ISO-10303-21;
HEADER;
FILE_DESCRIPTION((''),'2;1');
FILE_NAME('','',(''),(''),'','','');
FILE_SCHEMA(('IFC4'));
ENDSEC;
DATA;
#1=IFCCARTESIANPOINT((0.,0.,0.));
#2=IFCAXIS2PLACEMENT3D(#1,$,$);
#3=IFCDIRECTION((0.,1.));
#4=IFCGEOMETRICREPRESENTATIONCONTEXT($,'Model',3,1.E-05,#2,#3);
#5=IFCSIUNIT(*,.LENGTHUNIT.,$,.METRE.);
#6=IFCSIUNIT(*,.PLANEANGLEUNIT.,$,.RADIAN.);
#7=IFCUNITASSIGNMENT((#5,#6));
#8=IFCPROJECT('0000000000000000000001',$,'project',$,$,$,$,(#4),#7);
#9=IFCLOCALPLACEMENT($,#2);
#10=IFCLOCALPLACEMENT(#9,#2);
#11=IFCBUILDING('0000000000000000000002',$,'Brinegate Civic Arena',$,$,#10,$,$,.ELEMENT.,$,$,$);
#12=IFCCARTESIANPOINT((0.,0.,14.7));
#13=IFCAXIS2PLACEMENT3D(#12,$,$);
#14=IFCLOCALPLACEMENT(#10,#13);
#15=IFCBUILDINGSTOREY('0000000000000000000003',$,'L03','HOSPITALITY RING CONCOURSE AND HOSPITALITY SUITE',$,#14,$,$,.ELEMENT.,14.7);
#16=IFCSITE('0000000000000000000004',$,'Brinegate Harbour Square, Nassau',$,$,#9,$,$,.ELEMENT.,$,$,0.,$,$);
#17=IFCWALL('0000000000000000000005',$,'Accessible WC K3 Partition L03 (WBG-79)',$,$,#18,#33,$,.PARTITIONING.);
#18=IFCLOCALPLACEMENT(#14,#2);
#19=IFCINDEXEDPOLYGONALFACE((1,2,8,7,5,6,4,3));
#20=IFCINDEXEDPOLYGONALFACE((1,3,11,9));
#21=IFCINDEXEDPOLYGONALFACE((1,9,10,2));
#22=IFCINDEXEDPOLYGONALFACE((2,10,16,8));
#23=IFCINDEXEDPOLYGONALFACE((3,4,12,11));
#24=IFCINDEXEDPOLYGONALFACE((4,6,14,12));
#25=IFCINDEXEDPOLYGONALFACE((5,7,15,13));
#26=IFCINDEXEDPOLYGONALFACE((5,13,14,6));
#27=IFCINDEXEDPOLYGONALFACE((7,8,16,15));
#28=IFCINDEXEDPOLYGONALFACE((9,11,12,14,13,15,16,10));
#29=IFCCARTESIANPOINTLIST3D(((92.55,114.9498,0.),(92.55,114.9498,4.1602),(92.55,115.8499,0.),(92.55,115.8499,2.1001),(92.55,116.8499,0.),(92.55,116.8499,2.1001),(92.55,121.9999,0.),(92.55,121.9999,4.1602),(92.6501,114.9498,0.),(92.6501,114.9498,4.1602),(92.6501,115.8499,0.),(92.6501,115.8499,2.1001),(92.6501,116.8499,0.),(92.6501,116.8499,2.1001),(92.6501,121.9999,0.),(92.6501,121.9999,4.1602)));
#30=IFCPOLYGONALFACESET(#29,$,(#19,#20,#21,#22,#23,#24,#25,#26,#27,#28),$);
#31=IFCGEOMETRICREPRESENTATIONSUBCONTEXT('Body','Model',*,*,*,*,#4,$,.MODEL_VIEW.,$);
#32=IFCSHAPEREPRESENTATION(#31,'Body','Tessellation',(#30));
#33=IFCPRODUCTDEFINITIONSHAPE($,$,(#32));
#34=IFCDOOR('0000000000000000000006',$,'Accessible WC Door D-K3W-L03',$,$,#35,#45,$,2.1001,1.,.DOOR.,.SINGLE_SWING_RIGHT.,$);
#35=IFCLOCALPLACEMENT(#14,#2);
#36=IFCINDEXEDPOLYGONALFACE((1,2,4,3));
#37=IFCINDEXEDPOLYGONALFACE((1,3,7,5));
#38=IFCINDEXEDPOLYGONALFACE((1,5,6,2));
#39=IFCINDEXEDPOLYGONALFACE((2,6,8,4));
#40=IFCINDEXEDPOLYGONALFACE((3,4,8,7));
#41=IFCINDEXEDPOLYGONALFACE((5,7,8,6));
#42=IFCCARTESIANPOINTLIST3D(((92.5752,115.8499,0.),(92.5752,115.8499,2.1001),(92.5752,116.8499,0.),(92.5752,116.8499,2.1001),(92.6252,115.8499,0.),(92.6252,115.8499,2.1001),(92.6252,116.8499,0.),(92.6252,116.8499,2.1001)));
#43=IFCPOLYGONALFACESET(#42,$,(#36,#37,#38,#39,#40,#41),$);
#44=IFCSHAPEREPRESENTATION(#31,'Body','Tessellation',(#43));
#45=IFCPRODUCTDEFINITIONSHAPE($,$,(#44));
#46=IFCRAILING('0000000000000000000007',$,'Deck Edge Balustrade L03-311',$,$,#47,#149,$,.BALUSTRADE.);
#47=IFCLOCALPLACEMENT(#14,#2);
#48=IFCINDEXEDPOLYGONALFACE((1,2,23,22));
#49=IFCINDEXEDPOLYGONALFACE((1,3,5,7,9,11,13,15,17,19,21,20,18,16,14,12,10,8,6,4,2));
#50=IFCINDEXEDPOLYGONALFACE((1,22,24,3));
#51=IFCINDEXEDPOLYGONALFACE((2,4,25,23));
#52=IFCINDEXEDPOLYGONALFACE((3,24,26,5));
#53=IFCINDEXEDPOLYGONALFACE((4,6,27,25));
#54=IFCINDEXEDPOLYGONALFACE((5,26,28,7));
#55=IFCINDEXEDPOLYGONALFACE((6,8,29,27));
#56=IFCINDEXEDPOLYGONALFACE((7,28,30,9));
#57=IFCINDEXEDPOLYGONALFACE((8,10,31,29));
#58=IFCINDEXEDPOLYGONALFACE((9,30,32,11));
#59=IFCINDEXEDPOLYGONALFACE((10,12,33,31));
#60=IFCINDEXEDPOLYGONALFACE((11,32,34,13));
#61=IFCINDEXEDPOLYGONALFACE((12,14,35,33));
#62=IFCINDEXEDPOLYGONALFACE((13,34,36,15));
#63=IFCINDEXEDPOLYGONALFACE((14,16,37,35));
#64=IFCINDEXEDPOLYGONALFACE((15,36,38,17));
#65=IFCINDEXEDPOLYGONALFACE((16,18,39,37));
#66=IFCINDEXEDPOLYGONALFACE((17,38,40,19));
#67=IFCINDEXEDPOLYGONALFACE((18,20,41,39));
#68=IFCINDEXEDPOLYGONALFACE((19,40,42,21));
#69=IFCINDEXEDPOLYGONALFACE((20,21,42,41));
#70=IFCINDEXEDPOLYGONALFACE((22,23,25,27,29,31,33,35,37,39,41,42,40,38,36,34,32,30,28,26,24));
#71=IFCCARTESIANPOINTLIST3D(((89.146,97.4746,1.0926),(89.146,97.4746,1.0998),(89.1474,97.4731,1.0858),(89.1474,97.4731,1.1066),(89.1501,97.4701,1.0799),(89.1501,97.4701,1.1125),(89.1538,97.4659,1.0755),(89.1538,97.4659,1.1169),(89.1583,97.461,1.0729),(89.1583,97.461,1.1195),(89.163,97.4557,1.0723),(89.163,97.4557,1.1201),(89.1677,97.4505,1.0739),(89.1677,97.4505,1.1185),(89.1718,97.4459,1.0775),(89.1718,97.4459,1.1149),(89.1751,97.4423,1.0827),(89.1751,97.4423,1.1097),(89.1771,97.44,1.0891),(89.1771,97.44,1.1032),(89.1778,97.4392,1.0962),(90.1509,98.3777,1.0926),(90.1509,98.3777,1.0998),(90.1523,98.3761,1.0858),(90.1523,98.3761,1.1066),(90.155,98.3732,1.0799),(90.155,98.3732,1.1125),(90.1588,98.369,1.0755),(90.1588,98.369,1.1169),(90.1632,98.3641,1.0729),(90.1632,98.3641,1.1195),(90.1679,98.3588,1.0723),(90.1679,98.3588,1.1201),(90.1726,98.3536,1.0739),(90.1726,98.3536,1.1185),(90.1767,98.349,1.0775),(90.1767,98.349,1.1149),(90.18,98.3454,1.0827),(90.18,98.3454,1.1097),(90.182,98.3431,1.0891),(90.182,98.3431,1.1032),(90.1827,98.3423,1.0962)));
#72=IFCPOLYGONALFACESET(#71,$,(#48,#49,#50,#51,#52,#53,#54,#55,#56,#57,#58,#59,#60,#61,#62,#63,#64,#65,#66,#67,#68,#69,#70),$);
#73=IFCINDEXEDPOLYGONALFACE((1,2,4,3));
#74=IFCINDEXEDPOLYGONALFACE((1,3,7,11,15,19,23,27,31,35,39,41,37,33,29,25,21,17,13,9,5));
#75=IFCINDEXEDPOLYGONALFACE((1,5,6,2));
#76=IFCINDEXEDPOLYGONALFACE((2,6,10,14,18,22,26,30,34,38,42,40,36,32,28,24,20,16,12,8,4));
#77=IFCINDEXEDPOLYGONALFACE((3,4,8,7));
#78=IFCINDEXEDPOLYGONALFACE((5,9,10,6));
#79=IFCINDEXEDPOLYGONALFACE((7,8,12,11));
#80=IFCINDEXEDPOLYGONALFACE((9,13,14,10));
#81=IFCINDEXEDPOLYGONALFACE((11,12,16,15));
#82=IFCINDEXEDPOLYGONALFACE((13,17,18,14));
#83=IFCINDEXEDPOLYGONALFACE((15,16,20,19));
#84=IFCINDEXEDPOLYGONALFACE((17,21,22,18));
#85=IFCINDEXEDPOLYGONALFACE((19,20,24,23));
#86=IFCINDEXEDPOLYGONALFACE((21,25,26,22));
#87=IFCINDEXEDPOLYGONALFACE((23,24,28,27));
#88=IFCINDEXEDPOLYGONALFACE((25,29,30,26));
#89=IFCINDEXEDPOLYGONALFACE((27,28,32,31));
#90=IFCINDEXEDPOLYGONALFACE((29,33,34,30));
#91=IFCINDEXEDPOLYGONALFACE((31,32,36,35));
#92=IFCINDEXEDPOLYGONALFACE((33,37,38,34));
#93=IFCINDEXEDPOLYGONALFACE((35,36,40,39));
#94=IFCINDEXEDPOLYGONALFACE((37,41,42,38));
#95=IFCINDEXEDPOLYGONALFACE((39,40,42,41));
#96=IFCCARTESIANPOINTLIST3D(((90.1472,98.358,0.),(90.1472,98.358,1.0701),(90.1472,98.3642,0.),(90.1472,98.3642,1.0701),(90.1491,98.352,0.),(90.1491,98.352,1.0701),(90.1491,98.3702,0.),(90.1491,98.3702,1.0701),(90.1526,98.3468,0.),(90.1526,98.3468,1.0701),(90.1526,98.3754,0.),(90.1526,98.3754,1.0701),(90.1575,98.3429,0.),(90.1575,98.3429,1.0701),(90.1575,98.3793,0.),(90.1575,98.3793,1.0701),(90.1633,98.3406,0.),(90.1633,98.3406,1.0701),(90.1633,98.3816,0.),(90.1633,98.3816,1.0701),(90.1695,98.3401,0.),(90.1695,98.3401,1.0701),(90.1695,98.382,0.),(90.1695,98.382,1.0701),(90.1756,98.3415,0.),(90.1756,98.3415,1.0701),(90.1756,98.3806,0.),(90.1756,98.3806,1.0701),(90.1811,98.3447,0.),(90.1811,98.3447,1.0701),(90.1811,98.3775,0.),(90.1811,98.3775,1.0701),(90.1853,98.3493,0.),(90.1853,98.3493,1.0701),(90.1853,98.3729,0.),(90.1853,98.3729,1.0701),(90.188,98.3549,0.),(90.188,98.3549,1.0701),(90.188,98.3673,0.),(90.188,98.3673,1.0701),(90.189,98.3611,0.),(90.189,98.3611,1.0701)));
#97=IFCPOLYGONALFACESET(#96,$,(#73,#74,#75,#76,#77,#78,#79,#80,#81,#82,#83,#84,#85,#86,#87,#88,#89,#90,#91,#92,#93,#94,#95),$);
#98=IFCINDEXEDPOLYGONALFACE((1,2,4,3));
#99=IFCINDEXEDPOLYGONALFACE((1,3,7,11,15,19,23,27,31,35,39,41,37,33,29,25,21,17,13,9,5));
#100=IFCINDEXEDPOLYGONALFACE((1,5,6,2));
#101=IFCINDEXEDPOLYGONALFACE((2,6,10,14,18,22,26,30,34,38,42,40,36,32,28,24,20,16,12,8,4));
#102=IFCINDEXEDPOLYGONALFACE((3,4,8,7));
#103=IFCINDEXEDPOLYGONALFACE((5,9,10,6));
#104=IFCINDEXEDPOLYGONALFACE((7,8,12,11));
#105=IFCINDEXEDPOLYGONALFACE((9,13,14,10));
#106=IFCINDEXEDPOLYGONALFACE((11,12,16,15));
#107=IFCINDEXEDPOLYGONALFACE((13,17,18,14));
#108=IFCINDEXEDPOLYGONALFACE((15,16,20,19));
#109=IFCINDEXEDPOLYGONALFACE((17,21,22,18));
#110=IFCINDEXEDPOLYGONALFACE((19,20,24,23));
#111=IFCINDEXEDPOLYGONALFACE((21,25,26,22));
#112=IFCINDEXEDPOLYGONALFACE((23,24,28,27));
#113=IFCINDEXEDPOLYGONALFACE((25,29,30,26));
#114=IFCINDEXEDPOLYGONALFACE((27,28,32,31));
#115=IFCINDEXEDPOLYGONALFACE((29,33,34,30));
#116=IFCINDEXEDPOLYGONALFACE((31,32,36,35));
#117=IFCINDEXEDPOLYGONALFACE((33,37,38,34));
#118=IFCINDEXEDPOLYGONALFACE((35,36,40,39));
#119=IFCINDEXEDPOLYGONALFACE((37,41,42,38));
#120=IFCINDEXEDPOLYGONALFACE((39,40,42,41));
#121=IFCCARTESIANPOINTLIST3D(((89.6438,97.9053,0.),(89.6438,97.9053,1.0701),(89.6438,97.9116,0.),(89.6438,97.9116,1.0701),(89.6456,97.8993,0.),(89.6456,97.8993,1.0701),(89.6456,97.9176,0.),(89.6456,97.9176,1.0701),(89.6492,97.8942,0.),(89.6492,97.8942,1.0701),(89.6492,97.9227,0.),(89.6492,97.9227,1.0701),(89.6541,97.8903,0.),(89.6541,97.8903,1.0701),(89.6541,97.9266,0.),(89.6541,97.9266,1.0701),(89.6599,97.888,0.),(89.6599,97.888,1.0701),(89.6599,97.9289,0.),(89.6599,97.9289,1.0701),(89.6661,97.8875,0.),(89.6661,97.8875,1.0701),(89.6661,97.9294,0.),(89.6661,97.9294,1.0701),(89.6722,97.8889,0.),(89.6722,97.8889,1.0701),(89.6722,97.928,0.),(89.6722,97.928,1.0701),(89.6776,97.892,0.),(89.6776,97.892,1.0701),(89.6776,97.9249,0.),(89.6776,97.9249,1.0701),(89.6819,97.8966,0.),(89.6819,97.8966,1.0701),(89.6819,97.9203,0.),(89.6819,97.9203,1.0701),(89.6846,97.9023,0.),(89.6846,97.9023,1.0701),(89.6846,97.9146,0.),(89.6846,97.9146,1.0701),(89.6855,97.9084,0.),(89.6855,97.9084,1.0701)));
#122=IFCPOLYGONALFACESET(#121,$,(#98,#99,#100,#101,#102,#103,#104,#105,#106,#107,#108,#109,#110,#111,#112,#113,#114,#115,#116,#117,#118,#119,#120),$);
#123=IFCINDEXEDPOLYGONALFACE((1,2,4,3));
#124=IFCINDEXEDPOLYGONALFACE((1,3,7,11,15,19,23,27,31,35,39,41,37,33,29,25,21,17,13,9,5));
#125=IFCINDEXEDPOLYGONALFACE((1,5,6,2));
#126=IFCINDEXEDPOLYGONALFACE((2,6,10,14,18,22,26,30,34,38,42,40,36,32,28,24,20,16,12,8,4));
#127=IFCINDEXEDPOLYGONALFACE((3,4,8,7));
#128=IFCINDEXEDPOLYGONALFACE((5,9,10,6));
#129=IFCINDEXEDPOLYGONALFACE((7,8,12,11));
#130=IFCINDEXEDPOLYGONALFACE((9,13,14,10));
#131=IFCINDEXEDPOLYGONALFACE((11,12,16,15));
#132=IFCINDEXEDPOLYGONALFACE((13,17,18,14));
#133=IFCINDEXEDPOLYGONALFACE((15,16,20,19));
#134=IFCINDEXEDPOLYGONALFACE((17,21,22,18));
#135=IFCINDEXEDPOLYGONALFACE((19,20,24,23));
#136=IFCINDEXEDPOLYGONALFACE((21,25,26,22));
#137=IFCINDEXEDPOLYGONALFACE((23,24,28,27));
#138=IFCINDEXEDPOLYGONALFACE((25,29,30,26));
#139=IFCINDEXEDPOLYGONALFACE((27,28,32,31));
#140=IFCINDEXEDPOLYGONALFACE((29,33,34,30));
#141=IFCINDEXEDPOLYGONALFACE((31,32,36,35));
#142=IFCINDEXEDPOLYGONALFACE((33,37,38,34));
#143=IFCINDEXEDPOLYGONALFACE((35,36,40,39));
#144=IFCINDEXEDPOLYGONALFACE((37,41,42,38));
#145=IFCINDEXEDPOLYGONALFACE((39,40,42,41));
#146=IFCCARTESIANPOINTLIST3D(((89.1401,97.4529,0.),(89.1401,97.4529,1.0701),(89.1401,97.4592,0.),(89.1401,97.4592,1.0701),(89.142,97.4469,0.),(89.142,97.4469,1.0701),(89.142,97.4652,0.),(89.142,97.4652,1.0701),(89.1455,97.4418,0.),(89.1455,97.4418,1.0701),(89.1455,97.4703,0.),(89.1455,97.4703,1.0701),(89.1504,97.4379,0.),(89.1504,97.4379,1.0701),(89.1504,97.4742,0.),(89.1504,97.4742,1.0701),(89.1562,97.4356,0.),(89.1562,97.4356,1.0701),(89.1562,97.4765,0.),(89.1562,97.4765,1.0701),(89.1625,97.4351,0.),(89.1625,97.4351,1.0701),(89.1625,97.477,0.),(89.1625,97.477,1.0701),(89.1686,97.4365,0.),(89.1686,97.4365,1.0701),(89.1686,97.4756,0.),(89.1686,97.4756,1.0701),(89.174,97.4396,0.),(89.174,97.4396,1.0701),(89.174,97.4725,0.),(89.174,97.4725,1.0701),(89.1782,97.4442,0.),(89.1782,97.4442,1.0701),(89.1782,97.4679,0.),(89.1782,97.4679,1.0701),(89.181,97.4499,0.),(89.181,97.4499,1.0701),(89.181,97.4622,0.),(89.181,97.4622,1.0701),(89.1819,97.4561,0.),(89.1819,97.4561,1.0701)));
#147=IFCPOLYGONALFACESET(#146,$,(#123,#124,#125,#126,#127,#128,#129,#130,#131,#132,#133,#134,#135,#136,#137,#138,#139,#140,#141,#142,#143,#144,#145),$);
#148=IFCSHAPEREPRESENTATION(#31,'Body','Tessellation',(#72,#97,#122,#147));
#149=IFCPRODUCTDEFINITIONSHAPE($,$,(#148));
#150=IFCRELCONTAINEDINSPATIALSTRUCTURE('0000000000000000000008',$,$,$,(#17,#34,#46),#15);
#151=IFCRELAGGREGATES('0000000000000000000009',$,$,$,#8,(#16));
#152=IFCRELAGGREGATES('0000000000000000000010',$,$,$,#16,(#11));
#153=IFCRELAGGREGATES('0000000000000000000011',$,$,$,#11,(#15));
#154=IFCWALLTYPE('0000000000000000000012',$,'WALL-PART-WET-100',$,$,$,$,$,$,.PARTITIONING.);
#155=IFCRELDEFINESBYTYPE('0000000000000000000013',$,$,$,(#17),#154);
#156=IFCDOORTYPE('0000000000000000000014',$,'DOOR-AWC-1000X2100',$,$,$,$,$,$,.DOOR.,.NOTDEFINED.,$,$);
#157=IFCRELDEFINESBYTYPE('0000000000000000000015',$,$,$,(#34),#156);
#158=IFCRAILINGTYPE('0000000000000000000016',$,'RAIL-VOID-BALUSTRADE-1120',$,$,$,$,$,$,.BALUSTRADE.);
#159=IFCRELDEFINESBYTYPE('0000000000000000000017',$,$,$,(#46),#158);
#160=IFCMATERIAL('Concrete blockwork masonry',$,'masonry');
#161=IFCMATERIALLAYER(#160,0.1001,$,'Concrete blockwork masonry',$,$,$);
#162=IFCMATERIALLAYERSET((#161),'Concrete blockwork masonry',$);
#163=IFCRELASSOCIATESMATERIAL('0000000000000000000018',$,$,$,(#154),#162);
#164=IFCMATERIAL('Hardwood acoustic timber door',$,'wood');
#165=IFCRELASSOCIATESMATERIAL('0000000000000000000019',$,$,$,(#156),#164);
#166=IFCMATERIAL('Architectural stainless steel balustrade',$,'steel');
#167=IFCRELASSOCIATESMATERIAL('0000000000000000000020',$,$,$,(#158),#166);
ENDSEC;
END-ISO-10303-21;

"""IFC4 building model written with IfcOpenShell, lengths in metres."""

from ifc_helpers import new_model, si_unit, direction, frame, frame_2d, origin, origin_2d, place, context, subcontext, project, spatial, rectangle, circle, extrude, material, layer, layer_set, type_object, element, fill, save


model = new_model("IFC4")

# Units and contexts
model_context = context("Model", 3, precision=1e-05, world=origin(), true_north=direction((0.0, 1.0)))
body_context = subcontext(model_context, "Body", "Model", "MODEL_VIEW")
ifc_project = project(units=[si_unit("LENGTHUNIT", "METRE"), si_unit("PLANEANGLEUNIT", "RADIAN")], contexts=[model_context])

# Site, building, storey
site_placement = place(None, origin())
site = spatial("IfcSite", under=ifc_project, at=site_placement, Name="Brinegate Harbour Square, Nassau", CompositionType="ELEMENT", RefElevation=0.0)
building_placement = place(site_placement, origin())
building = spatial("IfcBuilding", under=site, at=building_placement, Name="Brinegate Civic Arena", CompositionType="ELEMENT")
storey_placement = place(building_placement, frame((0.0, 0.0, 14.7)))
storey = spatial("IfcBuildingStorey", under=building, at=storey_placement, Name="L03", Description="HOSPITALITY RING CONCOURSE AND HOSPITALITY SUITE", CompositionType="ELEMENT", Elevation=14.7)

# Wall, opening, door
ifc_material_1 = material(Name="Concrete blockwork masonry", Category="masonry")
ifc_layer_1 = layer(ifc_material_1, 0.1001, Name="Concrete blockwork masonry")
ifc_layer_set_1 = layer_set([ifc_layer_1], Name="Concrete blockwork masonry")
wall_type_1 = type_object("IfcWallType", Name="WALL-PART-WET-100", PredefinedType="PARTITIONING", material=ifc_layer_set_1)
wall_1_placement = place(storey_placement, frame((92.6001, 114.95, 0.0), z_axis=(0.0, 0.0, 1.0), x_axis=(0.0, 1.0, 0.0)))
wall_1 = element("IfcWall", 1, at=wall_1_placement, inside=storey, type_object=wall_type_1, Name="Accessible WC K3 Partition L03 (WBG-79)", PredefinedType="PARTITIONING", context=body_context, shape_type="SweptSolid", body=[
    extrude(rectangle(XDim=7.05, YDim=0.1001, at=frame_2d((3.5249, 0.0))), origin(), (0.0, 0.0, 1.0), 4.1602),
])
opening_1_placement = place(wall_1_placement, frame((0.8999, 0.0, 0.0)))
opening_1 = element("IfcOpeningElement", 2, at=opening_1_placement, cuts=wall_1, PredefinedType="OPENING", context=body_context, shape_type="SweptSolid", body=[
    extrude(rectangle(XDim=1.0, YDim=2.1001, at=frame_2d((0.5, 1.05))), frame((0.0, 0.0601, 0.0), z_axis=(0.0, -1.0, 0.0), x_axis=(1.0, 0.0, 0.0)), (0.0, 0.0, 1.0), 0.1201),
])
ifc_material_2 = material(Name="Hardwood acoustic timber door", Category="wood")
door_type_1 = type_object("IfcDoorType", Name="DOOR-AWC-1000X2100", OperationType="NOTDEFINED", PredefinedType="DOOR", material=ifc_material_2)
door_1_placement = place(opening_1_placement, origin())
door_1 = element("IfcDoor", 3, at=door_1_placement, inside=storey, type_object=door_type_1, Name="Accessible WC Door D-K3W-L03", OperationType="SINGLE_SWING_RIGHT", OverallHeight=2.1001, OverallWidth=1.0, PredefinedType="DOOR", context=body_context, shape_type="SweptSolid", body=[
    extrude(rectangle(XDim=1.0, YDim=2.1001, at=frame_2d((0.5, 1.05))), frame((0.0, 0.0249, 0.0), z_axis=(0.0, -1.0, 0.0), x_axis=(1.0, 0.0, 0.0)), (0.0, 0.0, 1.0), 0.05),
])
fill(opening_1, door_1)

# Railing
ifc_material_3 = material(Name="Architectural stainless steel balustrade", Category="steel")
railing_type = type_object("IfcRailingType", Name="RAIL-VOID-BALUSTRADE-1120", PredefinedType="BALUSTRADE", material=ifc_material_3)
railing_1_placement = place(storey_placement, frame((90.168, 98.3611, 0.0)))
element("IfcRailing", 4, at=railing_1_placement, inside=storey, type_object=railing_type, Name="Deck Edge Balustrade L03-311", PredefinedType="BALUSTRADE", context=body_context, shape_type="SweptSolid", body=[
    extrude(circle(Radius=0.0239, at=origin_2d()), frame((-0.0012, -0.001, 1.0962), z_axis=(-0.743787, -0.668417, 0.0), x_axis=(0.668417, -0.743787, 0.0)), (0.0, 0.0, 1.0), 1.3511),
    extrude(circle(Radius=0.021, at=origin_2d()), origin(), (0.0, 0.0, 1.0), 1.0701),
    extrude(circle(Radius=0.021, at=origin_2d()), frame((-0.5034, -0.4526, 0.0)), (0.0, 0.0, 1.0), 1.0701),
    extrude(circle(Radius=0.021, at=origin_2d()), frame((-1.0071, -0.905, 0.0)), (0.0, 0.0, 1.0), 1.0701),
])

save(model, "model.ifc")
